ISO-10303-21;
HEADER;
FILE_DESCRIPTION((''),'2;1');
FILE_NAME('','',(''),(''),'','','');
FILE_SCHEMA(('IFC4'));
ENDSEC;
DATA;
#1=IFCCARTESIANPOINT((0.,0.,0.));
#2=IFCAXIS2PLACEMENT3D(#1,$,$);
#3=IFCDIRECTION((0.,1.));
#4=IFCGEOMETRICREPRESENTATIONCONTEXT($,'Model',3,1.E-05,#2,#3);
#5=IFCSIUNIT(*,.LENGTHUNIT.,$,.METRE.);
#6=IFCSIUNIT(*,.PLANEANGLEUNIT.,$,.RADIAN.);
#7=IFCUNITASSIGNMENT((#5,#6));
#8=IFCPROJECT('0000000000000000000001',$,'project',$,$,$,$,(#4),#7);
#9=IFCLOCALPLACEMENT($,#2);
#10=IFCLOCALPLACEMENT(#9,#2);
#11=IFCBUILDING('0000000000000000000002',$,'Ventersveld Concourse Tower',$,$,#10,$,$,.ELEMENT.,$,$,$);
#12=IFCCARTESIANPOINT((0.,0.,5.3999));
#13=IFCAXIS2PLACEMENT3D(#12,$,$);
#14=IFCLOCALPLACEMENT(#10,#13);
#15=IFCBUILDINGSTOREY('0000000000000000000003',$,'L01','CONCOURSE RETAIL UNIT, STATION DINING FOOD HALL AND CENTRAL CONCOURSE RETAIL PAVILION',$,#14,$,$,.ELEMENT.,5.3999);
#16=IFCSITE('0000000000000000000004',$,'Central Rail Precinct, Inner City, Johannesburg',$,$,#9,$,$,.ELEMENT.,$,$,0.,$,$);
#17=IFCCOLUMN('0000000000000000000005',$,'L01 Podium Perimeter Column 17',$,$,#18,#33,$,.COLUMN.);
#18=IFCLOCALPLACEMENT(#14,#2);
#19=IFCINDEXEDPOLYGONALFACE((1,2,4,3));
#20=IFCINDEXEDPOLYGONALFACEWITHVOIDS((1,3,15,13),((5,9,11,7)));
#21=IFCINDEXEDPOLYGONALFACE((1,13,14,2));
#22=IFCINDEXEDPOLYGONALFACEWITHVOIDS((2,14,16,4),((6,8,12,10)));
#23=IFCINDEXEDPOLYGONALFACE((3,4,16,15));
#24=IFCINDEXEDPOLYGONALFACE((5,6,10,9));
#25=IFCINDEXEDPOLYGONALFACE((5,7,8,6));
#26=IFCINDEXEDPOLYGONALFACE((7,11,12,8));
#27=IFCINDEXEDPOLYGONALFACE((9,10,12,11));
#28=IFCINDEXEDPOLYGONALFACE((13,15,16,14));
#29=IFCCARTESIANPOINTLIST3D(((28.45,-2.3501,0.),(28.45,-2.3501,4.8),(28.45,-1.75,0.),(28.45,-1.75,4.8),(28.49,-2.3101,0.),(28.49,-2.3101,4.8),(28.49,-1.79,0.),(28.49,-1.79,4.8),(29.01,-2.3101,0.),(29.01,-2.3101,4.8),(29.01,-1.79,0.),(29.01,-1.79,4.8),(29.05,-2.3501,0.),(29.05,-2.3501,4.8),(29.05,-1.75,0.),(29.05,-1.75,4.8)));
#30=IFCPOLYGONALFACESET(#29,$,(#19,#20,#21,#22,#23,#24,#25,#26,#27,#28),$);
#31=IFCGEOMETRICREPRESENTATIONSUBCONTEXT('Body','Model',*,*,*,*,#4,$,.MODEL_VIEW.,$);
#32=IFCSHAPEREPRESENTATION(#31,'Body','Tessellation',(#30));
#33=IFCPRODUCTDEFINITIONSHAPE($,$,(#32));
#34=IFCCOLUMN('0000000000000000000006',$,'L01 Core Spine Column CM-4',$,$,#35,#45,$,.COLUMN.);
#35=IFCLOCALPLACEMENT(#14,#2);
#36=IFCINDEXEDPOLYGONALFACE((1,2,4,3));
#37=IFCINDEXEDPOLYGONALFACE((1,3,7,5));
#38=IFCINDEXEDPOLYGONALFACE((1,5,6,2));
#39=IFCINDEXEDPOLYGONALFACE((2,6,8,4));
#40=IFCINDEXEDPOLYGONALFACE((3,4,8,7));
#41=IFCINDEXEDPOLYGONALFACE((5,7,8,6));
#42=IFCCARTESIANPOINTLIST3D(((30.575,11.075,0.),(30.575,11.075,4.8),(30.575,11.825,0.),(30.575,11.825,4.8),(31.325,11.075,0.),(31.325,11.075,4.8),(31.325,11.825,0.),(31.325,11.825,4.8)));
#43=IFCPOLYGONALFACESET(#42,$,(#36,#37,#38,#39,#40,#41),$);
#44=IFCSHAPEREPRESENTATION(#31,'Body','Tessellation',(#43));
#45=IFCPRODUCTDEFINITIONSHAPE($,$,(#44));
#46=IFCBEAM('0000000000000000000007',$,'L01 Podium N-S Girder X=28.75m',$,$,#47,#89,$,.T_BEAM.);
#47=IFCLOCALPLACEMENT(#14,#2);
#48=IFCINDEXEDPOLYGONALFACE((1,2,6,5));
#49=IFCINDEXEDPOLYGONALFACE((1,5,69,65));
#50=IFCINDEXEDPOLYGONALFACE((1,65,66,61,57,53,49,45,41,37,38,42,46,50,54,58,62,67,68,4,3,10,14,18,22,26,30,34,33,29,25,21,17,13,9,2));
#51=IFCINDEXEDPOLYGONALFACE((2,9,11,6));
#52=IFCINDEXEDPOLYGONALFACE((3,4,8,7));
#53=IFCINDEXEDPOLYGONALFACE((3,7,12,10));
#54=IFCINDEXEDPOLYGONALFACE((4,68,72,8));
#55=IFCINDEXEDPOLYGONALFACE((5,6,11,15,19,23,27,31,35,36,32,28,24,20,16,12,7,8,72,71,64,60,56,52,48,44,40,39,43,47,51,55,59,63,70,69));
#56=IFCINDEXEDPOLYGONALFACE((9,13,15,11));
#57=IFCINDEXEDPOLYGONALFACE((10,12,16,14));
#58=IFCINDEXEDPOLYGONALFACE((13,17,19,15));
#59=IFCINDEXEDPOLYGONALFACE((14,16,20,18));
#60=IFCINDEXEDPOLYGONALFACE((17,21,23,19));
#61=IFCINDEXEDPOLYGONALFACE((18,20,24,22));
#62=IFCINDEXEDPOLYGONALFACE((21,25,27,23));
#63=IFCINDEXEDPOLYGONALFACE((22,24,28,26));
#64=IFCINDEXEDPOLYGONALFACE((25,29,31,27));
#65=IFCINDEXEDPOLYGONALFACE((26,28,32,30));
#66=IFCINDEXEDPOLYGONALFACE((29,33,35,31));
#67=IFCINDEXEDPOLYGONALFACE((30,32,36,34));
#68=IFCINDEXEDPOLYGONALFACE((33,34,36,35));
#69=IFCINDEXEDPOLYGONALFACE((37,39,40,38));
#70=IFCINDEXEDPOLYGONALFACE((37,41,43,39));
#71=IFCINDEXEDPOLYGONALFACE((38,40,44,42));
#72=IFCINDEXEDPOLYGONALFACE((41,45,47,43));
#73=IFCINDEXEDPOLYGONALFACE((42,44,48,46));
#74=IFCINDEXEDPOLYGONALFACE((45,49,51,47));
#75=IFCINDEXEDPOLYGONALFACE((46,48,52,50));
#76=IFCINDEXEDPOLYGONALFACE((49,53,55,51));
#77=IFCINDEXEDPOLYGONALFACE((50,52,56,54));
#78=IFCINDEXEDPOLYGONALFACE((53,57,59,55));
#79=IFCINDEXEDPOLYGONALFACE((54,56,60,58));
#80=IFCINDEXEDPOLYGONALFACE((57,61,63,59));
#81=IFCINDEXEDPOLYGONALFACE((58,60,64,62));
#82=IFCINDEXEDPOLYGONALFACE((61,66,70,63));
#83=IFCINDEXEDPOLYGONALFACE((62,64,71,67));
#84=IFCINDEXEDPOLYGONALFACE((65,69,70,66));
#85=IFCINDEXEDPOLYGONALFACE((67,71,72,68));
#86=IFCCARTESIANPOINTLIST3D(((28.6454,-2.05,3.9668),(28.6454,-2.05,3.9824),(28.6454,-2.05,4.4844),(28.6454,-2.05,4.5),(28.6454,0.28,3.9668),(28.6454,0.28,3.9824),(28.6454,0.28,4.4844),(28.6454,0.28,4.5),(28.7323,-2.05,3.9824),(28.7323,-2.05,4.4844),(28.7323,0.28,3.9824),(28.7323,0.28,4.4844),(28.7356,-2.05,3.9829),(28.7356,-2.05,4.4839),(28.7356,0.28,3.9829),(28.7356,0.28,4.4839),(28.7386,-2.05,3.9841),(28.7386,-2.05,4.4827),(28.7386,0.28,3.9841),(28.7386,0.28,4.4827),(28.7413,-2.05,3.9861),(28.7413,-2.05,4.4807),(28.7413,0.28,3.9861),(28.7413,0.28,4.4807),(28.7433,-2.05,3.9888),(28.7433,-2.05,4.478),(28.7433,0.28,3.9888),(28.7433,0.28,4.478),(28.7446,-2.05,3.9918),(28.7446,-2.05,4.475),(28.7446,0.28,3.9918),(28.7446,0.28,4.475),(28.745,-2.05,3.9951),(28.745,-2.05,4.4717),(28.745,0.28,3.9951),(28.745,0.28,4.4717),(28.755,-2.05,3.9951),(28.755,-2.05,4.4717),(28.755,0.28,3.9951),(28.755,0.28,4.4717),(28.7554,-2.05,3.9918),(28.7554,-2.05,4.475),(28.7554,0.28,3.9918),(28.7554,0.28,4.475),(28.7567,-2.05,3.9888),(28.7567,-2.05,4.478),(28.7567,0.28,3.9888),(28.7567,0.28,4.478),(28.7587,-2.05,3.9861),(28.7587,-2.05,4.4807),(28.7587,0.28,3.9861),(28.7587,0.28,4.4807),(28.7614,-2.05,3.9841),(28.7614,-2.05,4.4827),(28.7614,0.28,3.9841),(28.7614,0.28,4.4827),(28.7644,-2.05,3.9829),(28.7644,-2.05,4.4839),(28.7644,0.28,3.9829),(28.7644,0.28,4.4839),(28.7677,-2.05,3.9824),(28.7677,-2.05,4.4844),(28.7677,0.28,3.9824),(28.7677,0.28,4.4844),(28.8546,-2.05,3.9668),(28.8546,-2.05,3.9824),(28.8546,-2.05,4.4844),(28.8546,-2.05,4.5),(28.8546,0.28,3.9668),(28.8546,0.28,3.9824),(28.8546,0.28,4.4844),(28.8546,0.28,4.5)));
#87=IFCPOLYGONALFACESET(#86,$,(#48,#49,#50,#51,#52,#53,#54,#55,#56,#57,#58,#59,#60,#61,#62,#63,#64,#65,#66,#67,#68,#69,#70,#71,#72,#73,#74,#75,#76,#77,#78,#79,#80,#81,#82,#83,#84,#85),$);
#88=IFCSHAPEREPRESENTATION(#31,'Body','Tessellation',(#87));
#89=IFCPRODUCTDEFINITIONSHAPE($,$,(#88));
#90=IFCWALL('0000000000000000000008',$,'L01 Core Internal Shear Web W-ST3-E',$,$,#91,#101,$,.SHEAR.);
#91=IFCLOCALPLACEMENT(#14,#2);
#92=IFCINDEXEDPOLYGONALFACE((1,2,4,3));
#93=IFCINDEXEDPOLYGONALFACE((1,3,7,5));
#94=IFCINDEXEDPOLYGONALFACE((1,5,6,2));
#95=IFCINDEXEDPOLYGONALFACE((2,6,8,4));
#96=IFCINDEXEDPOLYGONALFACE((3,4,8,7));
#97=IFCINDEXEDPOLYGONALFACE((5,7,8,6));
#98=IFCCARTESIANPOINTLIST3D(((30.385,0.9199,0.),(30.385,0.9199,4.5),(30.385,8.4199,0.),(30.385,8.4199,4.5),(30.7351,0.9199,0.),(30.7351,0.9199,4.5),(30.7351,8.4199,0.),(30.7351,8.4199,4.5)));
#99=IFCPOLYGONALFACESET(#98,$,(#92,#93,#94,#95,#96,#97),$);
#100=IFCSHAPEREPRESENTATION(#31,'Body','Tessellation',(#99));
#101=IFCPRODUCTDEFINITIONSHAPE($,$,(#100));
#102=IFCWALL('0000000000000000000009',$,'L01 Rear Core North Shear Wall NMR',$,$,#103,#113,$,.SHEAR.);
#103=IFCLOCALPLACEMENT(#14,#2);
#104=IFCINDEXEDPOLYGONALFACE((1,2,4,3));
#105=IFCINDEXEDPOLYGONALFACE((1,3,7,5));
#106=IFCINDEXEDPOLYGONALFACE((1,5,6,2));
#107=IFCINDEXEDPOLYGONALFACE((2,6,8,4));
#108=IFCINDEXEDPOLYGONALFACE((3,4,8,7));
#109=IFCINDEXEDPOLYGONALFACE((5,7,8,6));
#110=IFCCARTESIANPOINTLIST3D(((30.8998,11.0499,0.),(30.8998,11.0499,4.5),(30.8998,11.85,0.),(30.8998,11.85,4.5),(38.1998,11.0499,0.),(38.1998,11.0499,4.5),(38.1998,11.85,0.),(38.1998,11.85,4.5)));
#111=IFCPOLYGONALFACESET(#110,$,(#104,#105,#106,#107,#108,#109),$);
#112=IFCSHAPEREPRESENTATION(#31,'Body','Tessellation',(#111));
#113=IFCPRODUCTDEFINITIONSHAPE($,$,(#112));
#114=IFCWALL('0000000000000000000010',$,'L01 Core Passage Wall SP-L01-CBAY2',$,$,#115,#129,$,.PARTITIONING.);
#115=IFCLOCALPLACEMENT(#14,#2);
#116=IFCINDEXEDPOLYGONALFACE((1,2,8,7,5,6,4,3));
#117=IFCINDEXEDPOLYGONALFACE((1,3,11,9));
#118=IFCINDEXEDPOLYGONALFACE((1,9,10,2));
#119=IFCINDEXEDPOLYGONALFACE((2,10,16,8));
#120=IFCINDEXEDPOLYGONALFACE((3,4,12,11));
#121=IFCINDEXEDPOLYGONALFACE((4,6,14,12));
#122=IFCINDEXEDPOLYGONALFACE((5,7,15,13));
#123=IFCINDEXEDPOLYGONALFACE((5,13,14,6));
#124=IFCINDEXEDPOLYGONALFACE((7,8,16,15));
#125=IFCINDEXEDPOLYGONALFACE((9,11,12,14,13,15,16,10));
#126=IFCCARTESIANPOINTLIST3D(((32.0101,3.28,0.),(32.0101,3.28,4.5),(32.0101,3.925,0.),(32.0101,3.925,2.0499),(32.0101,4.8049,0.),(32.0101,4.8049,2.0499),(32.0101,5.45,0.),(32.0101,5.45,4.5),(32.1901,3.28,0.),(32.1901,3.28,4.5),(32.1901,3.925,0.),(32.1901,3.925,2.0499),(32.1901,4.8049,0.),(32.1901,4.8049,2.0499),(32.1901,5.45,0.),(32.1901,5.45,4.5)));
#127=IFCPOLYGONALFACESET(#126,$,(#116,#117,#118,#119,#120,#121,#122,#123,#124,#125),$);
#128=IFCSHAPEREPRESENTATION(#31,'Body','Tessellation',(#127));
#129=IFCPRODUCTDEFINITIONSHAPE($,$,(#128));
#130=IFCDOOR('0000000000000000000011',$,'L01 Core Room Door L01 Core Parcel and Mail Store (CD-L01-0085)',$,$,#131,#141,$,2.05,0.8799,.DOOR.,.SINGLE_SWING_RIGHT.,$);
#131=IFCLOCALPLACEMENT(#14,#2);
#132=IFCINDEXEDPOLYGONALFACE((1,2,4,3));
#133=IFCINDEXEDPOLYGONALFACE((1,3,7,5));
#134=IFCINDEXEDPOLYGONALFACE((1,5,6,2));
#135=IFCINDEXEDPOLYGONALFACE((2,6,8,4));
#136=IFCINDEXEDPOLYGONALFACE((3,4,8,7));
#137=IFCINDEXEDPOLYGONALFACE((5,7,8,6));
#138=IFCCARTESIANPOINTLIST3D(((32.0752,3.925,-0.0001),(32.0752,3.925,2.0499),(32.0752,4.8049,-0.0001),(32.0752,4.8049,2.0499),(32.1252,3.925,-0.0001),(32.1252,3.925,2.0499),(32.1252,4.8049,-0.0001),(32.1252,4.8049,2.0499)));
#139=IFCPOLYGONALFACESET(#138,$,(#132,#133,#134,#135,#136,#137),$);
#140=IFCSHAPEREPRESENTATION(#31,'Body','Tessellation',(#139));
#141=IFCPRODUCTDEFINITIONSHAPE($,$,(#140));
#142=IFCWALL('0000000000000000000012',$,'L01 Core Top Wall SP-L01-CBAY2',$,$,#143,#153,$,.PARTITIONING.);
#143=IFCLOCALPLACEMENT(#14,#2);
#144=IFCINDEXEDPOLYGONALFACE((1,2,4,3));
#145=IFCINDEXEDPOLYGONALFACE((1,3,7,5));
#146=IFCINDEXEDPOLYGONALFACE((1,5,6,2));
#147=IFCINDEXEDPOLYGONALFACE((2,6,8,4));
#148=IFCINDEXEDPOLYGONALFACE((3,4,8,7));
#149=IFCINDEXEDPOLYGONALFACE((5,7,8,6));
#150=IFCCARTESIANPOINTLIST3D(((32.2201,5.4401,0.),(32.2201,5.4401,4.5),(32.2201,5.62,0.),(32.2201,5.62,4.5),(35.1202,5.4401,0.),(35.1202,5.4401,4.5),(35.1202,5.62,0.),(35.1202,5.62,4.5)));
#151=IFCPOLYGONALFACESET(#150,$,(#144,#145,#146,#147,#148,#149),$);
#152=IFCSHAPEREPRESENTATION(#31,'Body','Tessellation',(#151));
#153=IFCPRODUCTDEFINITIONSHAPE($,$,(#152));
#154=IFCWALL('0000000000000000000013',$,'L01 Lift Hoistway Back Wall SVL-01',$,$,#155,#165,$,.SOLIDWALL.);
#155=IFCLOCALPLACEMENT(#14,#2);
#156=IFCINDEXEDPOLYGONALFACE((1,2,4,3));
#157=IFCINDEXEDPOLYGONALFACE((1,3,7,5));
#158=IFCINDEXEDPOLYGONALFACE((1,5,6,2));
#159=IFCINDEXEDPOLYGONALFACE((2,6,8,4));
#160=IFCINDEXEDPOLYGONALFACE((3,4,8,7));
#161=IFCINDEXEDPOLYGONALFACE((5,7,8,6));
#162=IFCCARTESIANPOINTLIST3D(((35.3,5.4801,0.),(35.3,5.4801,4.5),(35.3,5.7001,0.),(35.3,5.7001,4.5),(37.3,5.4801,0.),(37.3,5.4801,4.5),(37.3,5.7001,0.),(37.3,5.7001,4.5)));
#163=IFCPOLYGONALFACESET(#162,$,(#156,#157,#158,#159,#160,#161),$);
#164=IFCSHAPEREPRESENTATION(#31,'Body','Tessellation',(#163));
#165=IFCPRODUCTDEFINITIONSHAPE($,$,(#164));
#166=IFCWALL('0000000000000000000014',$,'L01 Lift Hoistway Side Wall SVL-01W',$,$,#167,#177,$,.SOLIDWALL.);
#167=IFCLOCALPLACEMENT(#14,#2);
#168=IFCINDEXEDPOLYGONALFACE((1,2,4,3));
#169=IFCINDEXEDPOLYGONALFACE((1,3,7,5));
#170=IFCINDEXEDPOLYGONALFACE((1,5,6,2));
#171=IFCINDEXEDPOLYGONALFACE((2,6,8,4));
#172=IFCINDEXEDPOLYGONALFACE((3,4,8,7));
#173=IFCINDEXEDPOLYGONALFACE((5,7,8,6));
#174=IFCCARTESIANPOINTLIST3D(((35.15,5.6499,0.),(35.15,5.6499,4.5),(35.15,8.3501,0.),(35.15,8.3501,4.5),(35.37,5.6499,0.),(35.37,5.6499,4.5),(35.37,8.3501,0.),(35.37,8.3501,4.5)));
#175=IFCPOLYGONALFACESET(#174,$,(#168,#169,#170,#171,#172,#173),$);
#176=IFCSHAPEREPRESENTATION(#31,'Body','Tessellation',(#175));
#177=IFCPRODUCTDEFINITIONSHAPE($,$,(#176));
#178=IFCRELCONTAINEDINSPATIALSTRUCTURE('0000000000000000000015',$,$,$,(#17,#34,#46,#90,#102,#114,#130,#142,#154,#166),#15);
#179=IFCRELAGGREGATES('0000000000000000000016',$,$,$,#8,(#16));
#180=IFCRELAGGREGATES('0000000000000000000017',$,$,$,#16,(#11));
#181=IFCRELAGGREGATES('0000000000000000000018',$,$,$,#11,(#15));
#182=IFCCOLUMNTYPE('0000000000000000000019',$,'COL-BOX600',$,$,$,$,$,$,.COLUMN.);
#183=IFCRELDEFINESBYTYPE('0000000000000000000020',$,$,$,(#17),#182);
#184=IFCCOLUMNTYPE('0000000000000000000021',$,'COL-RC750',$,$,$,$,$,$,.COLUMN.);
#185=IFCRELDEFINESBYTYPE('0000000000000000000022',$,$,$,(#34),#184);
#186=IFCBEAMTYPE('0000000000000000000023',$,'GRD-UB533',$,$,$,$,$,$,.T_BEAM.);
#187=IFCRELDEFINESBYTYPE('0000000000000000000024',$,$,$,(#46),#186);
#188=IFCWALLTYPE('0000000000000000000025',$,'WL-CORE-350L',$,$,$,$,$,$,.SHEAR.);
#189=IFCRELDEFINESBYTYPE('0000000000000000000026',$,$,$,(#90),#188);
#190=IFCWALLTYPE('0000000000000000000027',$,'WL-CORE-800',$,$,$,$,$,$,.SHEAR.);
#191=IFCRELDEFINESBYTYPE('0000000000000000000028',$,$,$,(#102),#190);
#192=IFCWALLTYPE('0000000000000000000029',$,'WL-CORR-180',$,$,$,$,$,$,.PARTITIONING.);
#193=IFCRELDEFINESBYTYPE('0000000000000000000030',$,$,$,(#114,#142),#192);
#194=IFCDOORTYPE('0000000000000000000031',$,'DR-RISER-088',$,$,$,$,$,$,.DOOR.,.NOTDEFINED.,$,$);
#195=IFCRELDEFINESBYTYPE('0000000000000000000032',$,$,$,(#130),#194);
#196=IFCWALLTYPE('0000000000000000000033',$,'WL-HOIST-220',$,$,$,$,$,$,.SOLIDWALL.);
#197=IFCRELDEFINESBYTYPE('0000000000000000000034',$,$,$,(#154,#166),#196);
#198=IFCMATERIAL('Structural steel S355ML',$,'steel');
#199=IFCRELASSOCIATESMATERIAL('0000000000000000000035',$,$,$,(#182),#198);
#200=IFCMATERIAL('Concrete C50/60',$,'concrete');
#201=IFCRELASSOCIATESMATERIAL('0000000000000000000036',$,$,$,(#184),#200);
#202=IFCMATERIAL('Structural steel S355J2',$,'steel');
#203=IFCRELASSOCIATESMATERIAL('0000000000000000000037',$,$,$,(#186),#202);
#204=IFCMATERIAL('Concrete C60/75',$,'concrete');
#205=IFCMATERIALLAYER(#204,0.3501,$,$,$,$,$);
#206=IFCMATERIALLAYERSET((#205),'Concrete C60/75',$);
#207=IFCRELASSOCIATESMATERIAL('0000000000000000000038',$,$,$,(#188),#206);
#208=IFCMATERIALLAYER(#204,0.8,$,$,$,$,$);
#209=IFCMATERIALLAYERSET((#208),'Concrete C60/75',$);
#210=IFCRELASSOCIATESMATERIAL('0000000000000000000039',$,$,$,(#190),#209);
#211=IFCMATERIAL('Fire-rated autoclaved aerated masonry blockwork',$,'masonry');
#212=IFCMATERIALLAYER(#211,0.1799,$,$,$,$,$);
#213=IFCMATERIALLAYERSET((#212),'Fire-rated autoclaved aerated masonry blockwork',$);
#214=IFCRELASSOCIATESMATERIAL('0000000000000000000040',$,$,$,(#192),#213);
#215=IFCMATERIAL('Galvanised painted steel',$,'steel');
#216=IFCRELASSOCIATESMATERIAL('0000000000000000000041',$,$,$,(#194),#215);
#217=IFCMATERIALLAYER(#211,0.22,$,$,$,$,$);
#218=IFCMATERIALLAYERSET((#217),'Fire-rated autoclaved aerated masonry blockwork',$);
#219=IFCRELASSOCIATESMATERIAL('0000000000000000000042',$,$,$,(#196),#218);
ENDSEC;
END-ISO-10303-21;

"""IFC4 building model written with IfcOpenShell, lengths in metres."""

from ifc_helpers import new_model, si_unit, direction, frame, frame_2d, origin, origin_2d, place, context, subcontext, project, spatial, rectangle, hollow_rectangle, i_section, extrude, material, layer, layer_set, material_profile, profile_set, type_object, element, fill, save


model = new_model("IFC4")

# Units and contexts
model_context = context("Model", 3, precision=1e-05, world=origin(), true_north=direction((0.0, 1.0)))
body_context = subcontext(model_context, "Body", "Model", "MODEL_VIEW")
ifc_project = project(units=[si_unit("LENGTHUNIT", "METRE"), si_unit("PLANEANGLEUNIT", "RADIAN")], contexts=[model_context])

# Site, building, storey
site_placement = place(None, origin())
site = spatial("IfcSite", under=ifc_project, at=site_placement, Name="Central Rail Precinct, Inner City, Johannesburg", CompositionType="ELEMENT", RefElevation=0.0)
building_placement = place(site_placement, origin())
building = spatial("IfcBuilding", under=site, at=building_placement, Name="Ventersveld Concourse Tower", CompositionType="ELEMENT")
storey_placement = place(building_placement, frame((0.0, 0.0, 5.3999)))
storey = spatial("IfcBuildingStorey", under=building, at=storey_placement, Name="L01", Description="CONCOURSE RETAIL UNIT, STATION DINING FOOD HALL AND CENTRAL CONCOURSE RETAIL PAVILION", CompositionType="ELEMENT", Elevation=5.3999)

# Columns
ifc_material_1 = material(Name="Structural steel S355ML", Category="steel")
ifc_material_profile_1 = material_profile(ifc_material_1, hollow_rectangle(XDim=0.6001, YDim=0.6001, WallThickness=0.04, at=origin_2d()), Name="BOX 600x600x40")
ifc_profile_set_1 = profile_set([ifc_material_profile_1], Name="Structural steel S355ML")
column_type_1 = type_object("IfcColumnType", Name="COL-BOX600", PredefinedType="COLUMN", material=ifc_profile_set_1)
column_1_placement = place(storey_placement, frame((28.75, -2.05, 0.0), z_axis=(0.0, 0.0, 1.0), x_axis=(1.0, 0.0, 0.0)))
element("IfcColumn", 1, at=column_1_placement, inside=storey, type_object=column_type_1, Name="L01 Podium Perimeter Column 17", PredefinedType="COLUMN", context=body_context, shape_type="SweptSolid", body=[
    extrude(hollow_rectangle(XDim=0.6001, YDim=0.6001, WallThickness=0.04, at=origin_2d()), origin(), (0.0, 0.0, 1.0), 4.8),
])
ifc_material_2 = material(Name="Concrete C50/60", Category="concrete")
ifc_material_profile_2 = material_profile(ifc_material_2, rectangle(XDim=0.75, YDim=0.75, at=origin_2d()), Name="RC 750x750")
ifc_profile_set_2 = profile_set([ifc_material_profile_2], Name="Concrete C50/60")
column_type_2 = type_object("IfcColumnType", Name="COL-RC750", PredefinedType="COLUMN", material=ifc_profile_set_2)
column_2_placement = place(storey_placement, frame((30.95, 11.45, 0.0), z_axis=(0.0, 0.0, 1.0), x_axis=(1.0, 0.0, 0.0)))
element("IfcColumn", 2, at=column_2_placement, inside=storey, type_object=column_type_2, Name="L01 Core Spine Column CM-4", PredefinedType="COLUMN", context=body_context, shape_type="SweptSolid", body=[
    extrude(rectangle(XDim=0.75, YDim=0.75, at=origin_2d()), origin(), (0.0, 0.0, 1.0), 4.8),
])

# Beam
ifc_material_3 = material(Name="Structural steel S355J2", Category="steel")
ifc_material_profile_3 = material_profile(ifc_material_3, i_section(OverallWidth=0.2092, OverallDepth=0.5332, WebThickness=0.01, FlangeThickness=0.0156, FilletRadius=0.0127, at=origin_2d()), Name="UB 533x210x92")
ifc_profile_set_3 = profile_set([ifc_material_profile_3], Name="Structural steel S355J2")
beam_type = type_object("IfcBeamType", Name="GRD-UB533", PredefinedType="T_BEAM", material=ifc_profile_set_3)
beam_placement = place(storey_placement, frame((28.75, -2.05, 4.2334), z_axis=(0.0, 1.0, 0.0), x_axis=(-1.0, 0.0, 0.0)))
element("IfcBeam", 3, at=beam_placement, inside=storey, type_object=beam_type, Name="L01 Podium N-S Girder X=28.75m", PredefinedType="T_BEAM", context=body_context, shape_type="SweptSolid", body=[
    extrude(i_section(OverallWidth=0.2092, OverallDepth=0.5332, WebThickness=0.01, FlangeThickness=0.0156, FilletRadius=0.0127, at=origin_2d()), origin(), (0.0, 0.0, 1.0), 2.3301),
])

# Walls
ifc_material_4 = material(Name="Concrete C60/75", Category="concrete")
ifc_layer_1 = layer(ifc_material_4, 0.3501)
ifc_layer_set_1 = layer_set([ifc_layer_1], Name="Concrete C60/75")
wall_type_1 = type_object("IfcWallType", Name="WL-CORE-350L", PredefinedType="SHEAR", material=ifc_layer_set_1)
wall_1_placement = place(storey_placement, frame((30.5601, 0.9199, 0.0), z_axis=(0.0, 0.0, 1.0), x_axis=(0.0, 1.0, 0.0)))
element("IfcWall", 4, at=wall_1_placement, inside=storey, type_object=wall_type_1, Name="L01 Core Internal Shear Web W-ST3-E", PredefinedType="SHEAR", context=body_context, shape_type="SweptSolid", body=[
    extrude(rectangle(XDim=7.5, YDim=0.3501, at=frame_2d((3.75, 0.0))), origin(), (0.0, 0.0, 1.0), 4.5),
])
ifc_layer_2 = layer(ifc_material_4, 0.8)
ifc_layer_set_2 = layer_set([ifc_layer_2], Name="Concrete C60/75")
wall_type_2 = type_object("IfcWallType", Name="WL-CORE-800", PredefinedType="SHEAR", material=ifc_layer_set_2)
wall_2_placement = place(storey_placement, frame((30.8999, 11.45, 0.0), z_axis=(0.0, 0.0, 1.0), x_axis=(1.0, 0.0, 0.0)))
element("IfcWall", 5, at=wall_2_placement, inside=storey, type_object=wall_type_2, Name="L01 Rear Core North Shear Wall NMR", PredefinedType="SHEAR", context=body_context, shape_type="SweptSolid", body=[
    extrude(rectangle(XDim=7.3, YDim=0.8, at=frame_2d((3.6499, 0.0))), origin(), (0.0, 0.0, 1.0), 4.5),
])

# Wall, opening, door
ifc_material_5 = material(Name="Fire-rated autoclaved aerated masonry blockwork", Category="masonry")
ifc_layer_3 = layer(ifc_material_5, 0.1799)
ifc_layer_set_3 = layer_set([ifc_layer_3], Name="Fire-rated autoclaved aerated masonry blockwork")
wall_type_3 = type_object("IfcWallType", Name="WL-CORR-180", PredefinedType="PARTITIONING", material=ifc_layer_set_3)
wall_3_placement = place(storey_placement, frame((32.1001, 3.28, 0.0), z_axis=(0.0, 0.0, 1.0), x_axis=(0.0, 1.0, 0.0)))
wall_3 = element("IfcWall", 6, at=wall_3_placement, inside=storey, type_object=wall_type_3, Name="L01 Core Passage Wall SP-L01-CBAY2", PredefinedType="PARTITIONING", context=body_context, shape_type="SweptSolid", body=[
    extrude(rectangle(XDim=2.1699, YDim=0.1799, at=frame_2d((1.085, 0.0))), origin(), (0.0, 0.0, 1.0), 4.5),
])
opening_1_placement = place(wall_3_placement, frame((0.645, 0.0, 0.0)))
opening_1 = element("IfcOpeningElement", 7, at=opening_1_placement, cuts=wall_3, PredefinedType="OPENING", context=body_context, shape_type="SweptSolid", body=[
    extrude(rectangle(XDim=0.8799, YDim=2.05, at=frame_2d((0.4399, 1.0249))), frame((0.0, 0.1001, 0.0), z_axis=(0.0, -1.0, 0.0), x_axis=(1.0, 0.0, 0.0)), (0.0, 0.0, 1.0), 0.2),
])
ifc_material_6 = material(Name="Galvanised painted steel", Category="steel")
door_type_1 = type_object("IfcDoorType", Name="DR-RISER-088", OperationType="NOTDEFINED", PredefinedType="DOOR", material=ifc_material_6)
door_1_placement = place(opening_1_placement, origin())
door_1 = element("IfcDoor", 8, at=door_1_placement, inside=storey, type_object=door_type_1, Name="L01 Core Room Door L01 Core Parcel and Mail Store (CD-L01-0085)", OperationType="SINGLE_SWING_RIGHT", OverallHeight=2.05, OverallWidth=0.8799, PredefinedType="DOOR", context=body_context, shape_type="SweptSolid", body=[
    extrude(rectangle(XDim=0.8799, YDim=2.05, at=frame_2d((0.4399, 1.0249))), frame((0.0, 0.0249, 0.0), z_axis=(0.0, -1.0, 0.0), x_axis=(1.0, 0.0, 0.0)), (0.0, 0.0, 1.0), 0.05),
])
fill(opening_1, door_1)

# Walls
wall_4_placement = place(storey_placement, frame((32.22, 5.53, 0.0), z_axis=(0.0, 0.0, 1.0), x_axis=(1.0, 0.0, 0.0)))
element("IfcWall", 9, at=wall_4_placement, inside=storey, type_object=wall_type_3, Name="L01 Core Top Wall SP-L01-CBAY2", PredefinedType="PARTITIONING", context=body_context, shape_type="SweptSolid", body=[
    extrude(rectangle(XDim=2.9001, YDim=0.1799, at=frame_2d((1.4502, 0.0))), origin(), (0.0, 0.0, 1.0), 4.5),
])
ifc_layer_4 = layer(ifc_material_5, 0.22)
ifc_layer_set_4 = layer_set([ifc_layer_4], Name="Fire-rated autoclaved aerated masonry blockwork")
wall_type_4 = type_object("IfcWallType", Name="WL-HOIST-220", PredefinedType="SOLIDWALL", material=ifc_layer_set_4)
wall_5_placement = place(storey_placement, frame((35.3, 5.5901, 0.0), z_axis=(0.0, 0.0, 1.0), x_axis=(1.0, 0.0, 0.0)))
element("IfcWall", 10, at=wall_5_placement, inside=storey, type_object=wall_type_4, Name="L01 Lift Hoistway Back Wall SVL-01", PredefinedType="SOLIDWALL", context=body_context, shape_type="SweptSolid", body=[
    extrude(rectangle(XDim=2.0, YDim=0.22, at=frame_2d((1.0, 0.0))), origin(), (0.0, 0.0, 1.0), 4.5),
])
wall_6_placement = place(storey_placement, frame((35.26, 5.6499, 0.0), z_axis=(0.0, 0.0, 1.0), x_axis=(0.0, 1.0, 0.0)))
element("IfcWall", 11, at=wall_6_placement, inside=storey, type_object=wall_type_4, Name="L01 Lift Hoistway Side Wall SVL-01W", PredefinedType="SOLIDWALL", context=body_context, shape_type="SweptSolid", body=[
    extrude(rectangle(XDim=2.7002, YDim=0.22, at=frame_2d((1.3501, 0.0))), origin(), (0.0, 0.0, 1.0), 4.5),
])

save(model, "model.ifc")
